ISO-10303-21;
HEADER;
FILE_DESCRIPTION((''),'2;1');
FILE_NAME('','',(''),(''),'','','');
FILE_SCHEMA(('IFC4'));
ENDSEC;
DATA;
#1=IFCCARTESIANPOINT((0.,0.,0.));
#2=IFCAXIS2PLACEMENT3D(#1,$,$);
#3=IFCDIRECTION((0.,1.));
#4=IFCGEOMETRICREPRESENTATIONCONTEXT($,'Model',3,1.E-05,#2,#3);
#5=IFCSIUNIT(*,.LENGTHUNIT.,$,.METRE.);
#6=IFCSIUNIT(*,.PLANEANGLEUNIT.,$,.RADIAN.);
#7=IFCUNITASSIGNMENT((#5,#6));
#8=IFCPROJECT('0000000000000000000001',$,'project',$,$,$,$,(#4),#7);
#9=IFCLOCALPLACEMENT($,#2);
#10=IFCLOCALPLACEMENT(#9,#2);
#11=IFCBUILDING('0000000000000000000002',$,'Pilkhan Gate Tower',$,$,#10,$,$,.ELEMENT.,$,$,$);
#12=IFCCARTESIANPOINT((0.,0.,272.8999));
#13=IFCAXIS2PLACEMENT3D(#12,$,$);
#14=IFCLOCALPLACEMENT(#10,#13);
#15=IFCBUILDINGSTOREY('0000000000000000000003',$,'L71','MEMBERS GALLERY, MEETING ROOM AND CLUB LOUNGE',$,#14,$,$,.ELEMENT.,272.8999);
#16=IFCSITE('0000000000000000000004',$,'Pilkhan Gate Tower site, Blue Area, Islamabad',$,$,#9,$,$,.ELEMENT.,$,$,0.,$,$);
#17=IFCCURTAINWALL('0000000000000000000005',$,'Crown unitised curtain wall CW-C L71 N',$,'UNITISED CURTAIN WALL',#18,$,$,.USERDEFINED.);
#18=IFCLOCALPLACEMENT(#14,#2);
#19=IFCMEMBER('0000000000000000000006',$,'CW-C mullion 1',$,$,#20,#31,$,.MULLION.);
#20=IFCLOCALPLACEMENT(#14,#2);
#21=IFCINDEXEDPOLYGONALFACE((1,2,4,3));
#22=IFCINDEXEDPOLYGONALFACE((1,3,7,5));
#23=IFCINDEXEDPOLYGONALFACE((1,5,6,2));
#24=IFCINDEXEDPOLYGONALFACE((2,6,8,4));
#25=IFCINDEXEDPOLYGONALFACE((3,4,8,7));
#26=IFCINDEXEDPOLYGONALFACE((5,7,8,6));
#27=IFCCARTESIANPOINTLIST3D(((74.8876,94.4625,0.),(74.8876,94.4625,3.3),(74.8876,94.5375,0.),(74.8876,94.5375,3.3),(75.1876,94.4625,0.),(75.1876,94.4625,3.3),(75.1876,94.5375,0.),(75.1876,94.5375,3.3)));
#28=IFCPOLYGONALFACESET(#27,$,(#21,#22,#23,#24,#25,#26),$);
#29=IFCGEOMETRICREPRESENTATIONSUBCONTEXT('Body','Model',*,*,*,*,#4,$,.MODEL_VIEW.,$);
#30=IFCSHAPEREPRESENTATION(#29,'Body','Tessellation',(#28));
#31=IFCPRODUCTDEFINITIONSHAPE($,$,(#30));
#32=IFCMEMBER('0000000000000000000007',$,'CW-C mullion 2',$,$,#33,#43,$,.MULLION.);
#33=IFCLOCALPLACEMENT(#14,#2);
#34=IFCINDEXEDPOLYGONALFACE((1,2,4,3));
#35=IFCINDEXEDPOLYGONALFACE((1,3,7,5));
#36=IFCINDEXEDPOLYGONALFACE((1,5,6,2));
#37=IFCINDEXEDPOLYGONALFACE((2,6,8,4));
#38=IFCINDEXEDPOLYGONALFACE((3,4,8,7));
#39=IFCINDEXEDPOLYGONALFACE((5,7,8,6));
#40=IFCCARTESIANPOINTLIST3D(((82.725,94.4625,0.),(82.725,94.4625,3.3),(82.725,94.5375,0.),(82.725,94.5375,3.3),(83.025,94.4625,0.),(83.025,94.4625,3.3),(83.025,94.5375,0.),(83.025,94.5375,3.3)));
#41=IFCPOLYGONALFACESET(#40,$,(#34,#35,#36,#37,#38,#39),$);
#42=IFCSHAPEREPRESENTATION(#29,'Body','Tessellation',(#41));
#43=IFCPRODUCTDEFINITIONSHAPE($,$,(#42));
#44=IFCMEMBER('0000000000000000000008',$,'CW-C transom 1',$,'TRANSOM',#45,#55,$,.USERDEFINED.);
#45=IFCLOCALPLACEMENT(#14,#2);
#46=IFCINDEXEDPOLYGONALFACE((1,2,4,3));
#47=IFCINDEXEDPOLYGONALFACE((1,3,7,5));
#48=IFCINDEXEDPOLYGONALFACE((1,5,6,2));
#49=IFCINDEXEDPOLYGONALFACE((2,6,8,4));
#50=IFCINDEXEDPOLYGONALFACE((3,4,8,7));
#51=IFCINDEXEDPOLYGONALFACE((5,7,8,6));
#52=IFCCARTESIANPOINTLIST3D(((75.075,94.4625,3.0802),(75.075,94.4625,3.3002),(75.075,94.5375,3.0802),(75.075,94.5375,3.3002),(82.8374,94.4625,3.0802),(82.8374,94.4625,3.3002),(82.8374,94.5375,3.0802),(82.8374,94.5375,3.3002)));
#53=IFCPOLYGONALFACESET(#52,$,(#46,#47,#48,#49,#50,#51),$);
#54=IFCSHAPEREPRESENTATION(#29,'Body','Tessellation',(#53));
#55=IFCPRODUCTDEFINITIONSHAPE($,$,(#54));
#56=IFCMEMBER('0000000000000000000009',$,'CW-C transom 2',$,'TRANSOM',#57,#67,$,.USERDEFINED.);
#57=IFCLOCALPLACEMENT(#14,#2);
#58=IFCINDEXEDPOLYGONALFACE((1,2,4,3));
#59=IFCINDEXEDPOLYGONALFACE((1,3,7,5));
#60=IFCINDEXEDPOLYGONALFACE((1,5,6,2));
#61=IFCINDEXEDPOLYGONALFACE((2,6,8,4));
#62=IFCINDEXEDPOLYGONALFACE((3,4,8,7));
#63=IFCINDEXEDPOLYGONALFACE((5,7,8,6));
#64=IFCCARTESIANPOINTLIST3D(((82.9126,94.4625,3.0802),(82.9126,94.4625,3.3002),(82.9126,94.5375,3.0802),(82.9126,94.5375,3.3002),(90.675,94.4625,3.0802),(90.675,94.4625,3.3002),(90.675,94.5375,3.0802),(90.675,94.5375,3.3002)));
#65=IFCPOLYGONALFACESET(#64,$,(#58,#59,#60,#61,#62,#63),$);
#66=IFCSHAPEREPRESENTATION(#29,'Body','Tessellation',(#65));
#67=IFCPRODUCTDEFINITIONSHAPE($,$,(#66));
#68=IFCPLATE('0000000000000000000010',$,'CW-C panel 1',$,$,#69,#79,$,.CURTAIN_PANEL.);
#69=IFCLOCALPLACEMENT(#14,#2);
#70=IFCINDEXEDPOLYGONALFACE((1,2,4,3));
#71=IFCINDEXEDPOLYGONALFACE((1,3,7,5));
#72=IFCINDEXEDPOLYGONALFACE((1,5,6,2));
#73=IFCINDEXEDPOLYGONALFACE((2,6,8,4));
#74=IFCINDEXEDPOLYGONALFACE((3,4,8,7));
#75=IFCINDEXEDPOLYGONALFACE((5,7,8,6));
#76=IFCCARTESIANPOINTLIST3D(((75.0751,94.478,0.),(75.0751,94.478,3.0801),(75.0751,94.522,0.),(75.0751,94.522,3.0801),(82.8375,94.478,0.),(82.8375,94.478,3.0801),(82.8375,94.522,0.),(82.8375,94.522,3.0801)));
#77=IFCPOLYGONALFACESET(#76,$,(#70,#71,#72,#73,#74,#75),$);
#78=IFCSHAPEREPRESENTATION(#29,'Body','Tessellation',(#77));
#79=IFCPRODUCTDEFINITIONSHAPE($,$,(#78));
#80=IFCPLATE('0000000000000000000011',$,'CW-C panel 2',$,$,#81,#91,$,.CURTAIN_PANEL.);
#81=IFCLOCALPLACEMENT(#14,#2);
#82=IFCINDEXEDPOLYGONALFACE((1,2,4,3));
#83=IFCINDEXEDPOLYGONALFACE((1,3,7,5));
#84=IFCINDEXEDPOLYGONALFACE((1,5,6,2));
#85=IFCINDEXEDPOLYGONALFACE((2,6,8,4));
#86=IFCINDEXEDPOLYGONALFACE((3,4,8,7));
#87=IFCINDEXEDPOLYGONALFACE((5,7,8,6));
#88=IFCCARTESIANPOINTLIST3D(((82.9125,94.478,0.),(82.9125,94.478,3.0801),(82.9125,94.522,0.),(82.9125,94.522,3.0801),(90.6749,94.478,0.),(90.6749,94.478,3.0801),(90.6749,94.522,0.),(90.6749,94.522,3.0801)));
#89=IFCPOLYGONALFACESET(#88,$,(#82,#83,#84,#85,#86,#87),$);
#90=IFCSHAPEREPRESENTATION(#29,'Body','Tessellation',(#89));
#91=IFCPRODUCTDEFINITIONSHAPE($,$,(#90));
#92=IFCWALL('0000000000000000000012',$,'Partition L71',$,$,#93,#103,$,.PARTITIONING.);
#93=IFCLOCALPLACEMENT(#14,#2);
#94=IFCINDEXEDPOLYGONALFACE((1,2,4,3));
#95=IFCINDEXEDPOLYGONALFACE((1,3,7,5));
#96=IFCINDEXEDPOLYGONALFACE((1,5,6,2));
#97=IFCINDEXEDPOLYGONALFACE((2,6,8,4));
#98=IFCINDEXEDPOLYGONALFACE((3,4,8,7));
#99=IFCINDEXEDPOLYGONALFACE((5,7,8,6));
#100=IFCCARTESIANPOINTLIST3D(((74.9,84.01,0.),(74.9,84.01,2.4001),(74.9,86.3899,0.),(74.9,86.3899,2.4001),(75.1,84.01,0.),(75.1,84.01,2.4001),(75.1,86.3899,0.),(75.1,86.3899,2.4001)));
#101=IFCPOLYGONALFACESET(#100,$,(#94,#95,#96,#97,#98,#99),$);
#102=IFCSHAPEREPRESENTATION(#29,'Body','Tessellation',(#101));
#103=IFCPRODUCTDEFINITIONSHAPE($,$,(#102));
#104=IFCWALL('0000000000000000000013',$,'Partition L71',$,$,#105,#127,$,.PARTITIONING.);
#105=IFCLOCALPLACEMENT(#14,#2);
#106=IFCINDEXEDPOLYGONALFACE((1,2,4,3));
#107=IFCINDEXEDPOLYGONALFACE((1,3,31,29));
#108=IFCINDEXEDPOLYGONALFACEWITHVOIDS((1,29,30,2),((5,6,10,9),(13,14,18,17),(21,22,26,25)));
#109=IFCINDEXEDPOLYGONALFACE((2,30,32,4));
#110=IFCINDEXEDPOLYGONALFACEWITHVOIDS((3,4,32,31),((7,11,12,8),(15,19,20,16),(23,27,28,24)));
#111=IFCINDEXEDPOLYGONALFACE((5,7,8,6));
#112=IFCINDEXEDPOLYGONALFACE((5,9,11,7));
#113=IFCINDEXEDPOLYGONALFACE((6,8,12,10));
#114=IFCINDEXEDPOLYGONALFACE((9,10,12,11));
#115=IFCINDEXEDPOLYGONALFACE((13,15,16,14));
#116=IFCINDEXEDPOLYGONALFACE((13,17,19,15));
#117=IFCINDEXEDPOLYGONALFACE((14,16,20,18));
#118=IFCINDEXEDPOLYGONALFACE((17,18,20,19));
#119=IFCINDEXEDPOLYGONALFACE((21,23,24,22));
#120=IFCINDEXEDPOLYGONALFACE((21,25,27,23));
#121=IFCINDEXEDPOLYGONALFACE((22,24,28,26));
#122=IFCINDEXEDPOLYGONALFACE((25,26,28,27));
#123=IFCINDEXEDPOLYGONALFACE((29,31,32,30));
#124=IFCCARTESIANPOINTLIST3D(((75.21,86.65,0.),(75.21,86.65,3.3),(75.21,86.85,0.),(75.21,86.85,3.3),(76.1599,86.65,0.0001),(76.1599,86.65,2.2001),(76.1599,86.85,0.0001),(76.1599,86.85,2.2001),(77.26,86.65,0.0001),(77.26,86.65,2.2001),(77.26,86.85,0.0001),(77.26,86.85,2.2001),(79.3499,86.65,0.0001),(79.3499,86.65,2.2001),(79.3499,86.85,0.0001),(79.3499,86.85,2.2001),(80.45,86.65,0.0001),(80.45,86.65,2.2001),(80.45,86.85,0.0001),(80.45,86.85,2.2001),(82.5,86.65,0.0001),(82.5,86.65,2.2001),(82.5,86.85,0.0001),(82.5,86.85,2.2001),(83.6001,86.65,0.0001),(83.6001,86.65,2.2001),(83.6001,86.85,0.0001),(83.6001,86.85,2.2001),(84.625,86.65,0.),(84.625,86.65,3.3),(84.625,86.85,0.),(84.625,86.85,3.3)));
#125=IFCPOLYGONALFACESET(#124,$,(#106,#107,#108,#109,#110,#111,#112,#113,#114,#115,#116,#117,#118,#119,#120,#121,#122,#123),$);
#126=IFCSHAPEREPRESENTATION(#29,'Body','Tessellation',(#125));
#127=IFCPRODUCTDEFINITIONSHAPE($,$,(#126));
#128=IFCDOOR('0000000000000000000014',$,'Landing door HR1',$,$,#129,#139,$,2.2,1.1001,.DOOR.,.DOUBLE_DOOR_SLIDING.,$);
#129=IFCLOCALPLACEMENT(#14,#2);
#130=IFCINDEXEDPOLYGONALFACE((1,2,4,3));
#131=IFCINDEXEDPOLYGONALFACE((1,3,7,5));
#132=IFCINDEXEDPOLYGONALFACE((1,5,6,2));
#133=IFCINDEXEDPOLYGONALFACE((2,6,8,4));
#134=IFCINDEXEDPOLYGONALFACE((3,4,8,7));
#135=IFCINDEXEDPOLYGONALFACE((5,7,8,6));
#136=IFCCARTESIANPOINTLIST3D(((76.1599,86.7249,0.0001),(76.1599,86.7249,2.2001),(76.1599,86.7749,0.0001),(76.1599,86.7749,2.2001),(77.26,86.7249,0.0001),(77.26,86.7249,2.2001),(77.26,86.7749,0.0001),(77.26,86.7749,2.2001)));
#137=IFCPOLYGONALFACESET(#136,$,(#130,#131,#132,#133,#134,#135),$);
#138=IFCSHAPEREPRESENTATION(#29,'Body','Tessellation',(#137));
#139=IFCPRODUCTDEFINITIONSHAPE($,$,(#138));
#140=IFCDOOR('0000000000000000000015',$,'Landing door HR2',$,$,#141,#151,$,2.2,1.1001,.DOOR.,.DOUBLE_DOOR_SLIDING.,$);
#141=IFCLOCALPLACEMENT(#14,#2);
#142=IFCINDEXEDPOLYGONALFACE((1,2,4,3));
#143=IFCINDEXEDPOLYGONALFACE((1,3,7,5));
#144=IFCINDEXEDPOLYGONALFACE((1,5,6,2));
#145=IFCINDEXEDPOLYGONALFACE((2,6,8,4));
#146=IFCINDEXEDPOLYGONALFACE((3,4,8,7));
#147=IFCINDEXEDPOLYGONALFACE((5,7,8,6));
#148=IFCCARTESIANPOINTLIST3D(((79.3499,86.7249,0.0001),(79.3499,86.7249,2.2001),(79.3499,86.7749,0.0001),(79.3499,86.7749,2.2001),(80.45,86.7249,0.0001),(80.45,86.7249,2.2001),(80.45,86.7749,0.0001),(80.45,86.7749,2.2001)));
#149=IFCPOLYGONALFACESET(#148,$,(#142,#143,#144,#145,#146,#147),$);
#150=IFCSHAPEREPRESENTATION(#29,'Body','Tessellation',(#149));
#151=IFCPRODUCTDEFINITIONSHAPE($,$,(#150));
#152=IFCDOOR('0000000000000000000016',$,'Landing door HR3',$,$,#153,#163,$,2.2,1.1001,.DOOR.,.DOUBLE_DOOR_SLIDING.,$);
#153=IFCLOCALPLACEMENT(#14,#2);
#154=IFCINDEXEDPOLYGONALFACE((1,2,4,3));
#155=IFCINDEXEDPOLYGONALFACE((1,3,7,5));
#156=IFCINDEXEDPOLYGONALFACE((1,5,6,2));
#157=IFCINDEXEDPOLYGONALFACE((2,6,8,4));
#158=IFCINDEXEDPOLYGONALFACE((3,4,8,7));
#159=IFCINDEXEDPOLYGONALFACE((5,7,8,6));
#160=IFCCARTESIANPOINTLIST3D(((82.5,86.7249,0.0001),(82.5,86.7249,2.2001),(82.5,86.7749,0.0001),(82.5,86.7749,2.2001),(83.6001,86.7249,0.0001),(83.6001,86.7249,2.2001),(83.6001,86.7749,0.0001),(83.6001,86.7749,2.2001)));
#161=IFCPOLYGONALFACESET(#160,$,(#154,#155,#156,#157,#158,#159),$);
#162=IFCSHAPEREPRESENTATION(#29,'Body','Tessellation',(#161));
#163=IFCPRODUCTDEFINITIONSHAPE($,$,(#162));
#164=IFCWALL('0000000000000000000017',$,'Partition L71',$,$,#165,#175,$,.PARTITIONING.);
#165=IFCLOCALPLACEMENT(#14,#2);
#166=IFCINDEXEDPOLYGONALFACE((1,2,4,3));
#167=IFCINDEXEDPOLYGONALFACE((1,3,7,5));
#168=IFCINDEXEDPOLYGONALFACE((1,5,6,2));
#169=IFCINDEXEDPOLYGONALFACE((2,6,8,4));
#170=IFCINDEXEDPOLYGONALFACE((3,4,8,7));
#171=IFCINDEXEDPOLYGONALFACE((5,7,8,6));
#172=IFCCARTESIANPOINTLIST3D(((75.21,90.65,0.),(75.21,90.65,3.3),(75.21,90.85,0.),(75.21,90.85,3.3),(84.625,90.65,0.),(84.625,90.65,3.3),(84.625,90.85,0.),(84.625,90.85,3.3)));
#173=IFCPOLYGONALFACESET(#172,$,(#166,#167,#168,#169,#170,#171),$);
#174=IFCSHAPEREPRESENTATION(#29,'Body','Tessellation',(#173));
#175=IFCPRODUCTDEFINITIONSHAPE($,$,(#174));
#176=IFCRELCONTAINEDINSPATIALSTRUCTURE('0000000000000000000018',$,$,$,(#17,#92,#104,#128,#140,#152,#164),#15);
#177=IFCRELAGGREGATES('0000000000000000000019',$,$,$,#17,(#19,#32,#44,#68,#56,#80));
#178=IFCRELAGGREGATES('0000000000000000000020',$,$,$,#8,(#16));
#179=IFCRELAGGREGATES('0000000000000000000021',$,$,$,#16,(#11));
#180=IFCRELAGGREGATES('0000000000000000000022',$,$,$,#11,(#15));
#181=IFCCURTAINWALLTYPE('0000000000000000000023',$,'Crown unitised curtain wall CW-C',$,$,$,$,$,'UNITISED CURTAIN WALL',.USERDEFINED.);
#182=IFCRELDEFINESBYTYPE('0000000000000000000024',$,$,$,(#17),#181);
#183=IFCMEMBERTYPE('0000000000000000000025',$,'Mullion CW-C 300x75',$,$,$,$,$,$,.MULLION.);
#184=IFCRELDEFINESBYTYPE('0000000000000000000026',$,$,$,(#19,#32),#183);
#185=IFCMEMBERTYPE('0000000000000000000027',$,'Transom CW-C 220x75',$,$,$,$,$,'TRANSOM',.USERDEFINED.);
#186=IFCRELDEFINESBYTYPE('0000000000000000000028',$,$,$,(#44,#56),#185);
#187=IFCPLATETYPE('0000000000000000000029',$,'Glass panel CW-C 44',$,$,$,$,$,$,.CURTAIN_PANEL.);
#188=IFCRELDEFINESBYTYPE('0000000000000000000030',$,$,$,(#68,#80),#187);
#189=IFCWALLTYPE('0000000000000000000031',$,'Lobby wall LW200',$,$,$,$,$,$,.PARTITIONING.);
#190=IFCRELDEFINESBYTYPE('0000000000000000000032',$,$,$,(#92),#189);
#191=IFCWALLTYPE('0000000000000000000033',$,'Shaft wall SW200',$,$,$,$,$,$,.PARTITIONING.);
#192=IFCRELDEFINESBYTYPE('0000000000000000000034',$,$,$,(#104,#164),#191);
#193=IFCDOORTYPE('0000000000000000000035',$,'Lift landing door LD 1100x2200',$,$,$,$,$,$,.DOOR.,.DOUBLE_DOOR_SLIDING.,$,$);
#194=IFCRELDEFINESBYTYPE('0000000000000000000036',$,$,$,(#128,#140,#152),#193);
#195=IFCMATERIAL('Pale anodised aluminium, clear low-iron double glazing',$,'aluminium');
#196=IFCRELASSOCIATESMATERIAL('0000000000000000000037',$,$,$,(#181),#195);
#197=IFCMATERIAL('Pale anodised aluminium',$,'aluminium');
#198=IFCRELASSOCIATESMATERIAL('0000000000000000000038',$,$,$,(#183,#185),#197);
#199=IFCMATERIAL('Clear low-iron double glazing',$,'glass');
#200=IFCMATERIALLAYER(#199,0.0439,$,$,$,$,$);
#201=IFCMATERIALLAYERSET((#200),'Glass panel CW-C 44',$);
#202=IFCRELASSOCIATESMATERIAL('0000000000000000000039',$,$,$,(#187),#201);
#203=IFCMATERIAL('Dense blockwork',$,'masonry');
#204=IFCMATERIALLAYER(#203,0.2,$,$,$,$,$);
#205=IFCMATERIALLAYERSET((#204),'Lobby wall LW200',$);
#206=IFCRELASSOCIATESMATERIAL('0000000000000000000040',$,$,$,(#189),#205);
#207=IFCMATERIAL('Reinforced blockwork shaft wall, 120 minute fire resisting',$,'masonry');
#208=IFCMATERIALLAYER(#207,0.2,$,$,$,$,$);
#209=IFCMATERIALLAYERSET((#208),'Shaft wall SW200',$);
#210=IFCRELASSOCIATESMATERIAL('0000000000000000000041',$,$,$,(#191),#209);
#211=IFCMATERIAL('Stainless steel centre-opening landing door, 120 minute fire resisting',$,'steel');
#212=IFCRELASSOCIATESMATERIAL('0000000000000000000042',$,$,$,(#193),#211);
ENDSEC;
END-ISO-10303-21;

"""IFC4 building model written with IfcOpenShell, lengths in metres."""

from ifc_helpers import new_model, si_unit, direction, frame, frame_2d, origin, origin_2d, place, context, subcontext, project, spatial, rectangle, extrude, material, layer, layer_set, material_profile, profile_set, type_object, element, fill, aggregate, save


model = new_model("IFC4")

# Units and contexts
model_context = context("Model", 3, precision=1e-05, world=origin(), true_north=direction((0.0, 1.0)))
body_context = subcontext(model_context, "Body", "Model", "MODEL_VIEW")
ifc_project = project(units=[si_unit("LENGTHUNIT", "METRE"), si_unit("PLANEANGLEUNIT", "RADIAN")], contexts=[model_context])

# Site, building, storey
site_placement = place(None, origin())
site = spatial("IfcSite", under=ifc_project, at=site_placement, Name="Pilkhan Gate Tower site, Blue Area, Islamabad", CompositionType="ELEMENT", RefElevation=0.0)
building_placement = place(site_placement, origin())
building = spatial("IfcBuilding", under=site, at=building_placement, Name="Pilkhan Gate Tower", CompositionType="ELEMENT")
storey_placement = place(building_placement, frame((0.0, 0.0, 272.8999)))
storey = spatial("IfcBuildingStorey", under=building, at=storey_placement, Name="L71", Description="MEMBERS GALLERY, MEETING ROOM AND CLUB LOUNGE", CompositionType="ELEMENT", Elevation=272.8999)

# Curtain wall, members, plates
ifc_material_1 = material(Name="Pale anodised aluminium, clear low-iron double glazing", Category="aluminium")
curtain_wall_type = type_object("IfcCurtainWallType", Name="Crown unitised curtain wall CW-C", ElementType="UNITISED CURTAIN WALL", PredefinedType="USERDEFINED", material=ifc_material_1)
curtain_wall_placement = place(storey_placement, origin())
curtain_wall = element("IfcCurtainWall", 1, at=curtain_wall_placement, inside=storey, type_object=curtain_wall_type, Name="Crown unitised curtain wall CW-C L71 N", ObjectType="UNITISED CURTAIN WALL", PredefinedType="USERDEFINED")
ifc_material_2 = material(Name="Pale anodised aluminium", Category="aluminium")
ifc_material_profile_1 = material_profile(ifc_material_2, rectangle(XDim=0.075, YDim=0.3, at=origin_2d()), Name="Mullion 300x75")
ifc_profile_set_1 = profile_set([ifc_material_profile_1], Name="Pale anodised aluminium")
member_type_1 = type_object("IfcMemberType", Name="Mullion CW-C 300x75", PredefinedType="MULLION", material=ifc_profile_set_1)
member_1_placement = place(storey_placement, frame((75.0376, 94.5, 0.0), z_axis=(0.0, 0.0, 1.0), x_axis=(0.0, 1.0, 0.0)))
member_1 = element("IfcMember", 2, at=member_1_placement, type_object=member_type_1, Name="CW-C mullion 1", PredefinedType="MULLION", context=body_context, shape_type="SweptSolid", body=[
    extrude(rectangle(XDim=0.075, YDim=0.3, at=origin_2d()), origin(), (0.0, 0.0, 1.0), 3.3),
])
member_2_placement = place(storey_placement, frame((82.875, 94.5, 0.0), z_axis=(0.0, 0.0, 1.0), x_axis=(0.0, 1.0, 0.0)))
member_2 = element("IfcMember", 3, at=member_2_placement, type_object=member_type_1, Name="CW-C mullion 2", PredefinedType="MULLION", context=body_context, shape_type="SweptSolid", body=[
    extrude(rectangle(XDim=0.075, YDim=0.3, at=origin_2d()), origin(), (0.0, 0.0, 1.0), 3.3),
])
ifc_material_profile_2 = material_profile(ifc_material_2, rectangle(XDim=0.075, YDim=0.22, at=origin_2d()), Name="Transom 220x75")
ifc_profile_set_2 = profile_set([ifc_material_profile_2], Name="Pale anodised aluminium")
member_type_2 = type_object("IfcMemberType", Name="Transom CW-C 220x75", ElementType="TRANSOM", PredefinedType="USERDEFINED", material=ifc_profile_set_2)
member_3_placement = place(storey_placement, frame((75.075, 94.5, 3.1902), z_axis=(1.0, 0.0, 0.0), x_axis=(0.0, 1.0, 0.0)))
member_3 = element("IfcMember", 4, at=member_3_placement, type_object=member_type_2, Name="CW-C transom 1", ObjectType="TRANSOM", PredefinedType="USERDEFINED", context=body_context, shape_type="SweptSolid", body=[
    extrude(rectangle(XDim=0.075, YDim=0.22, at=origin_2d()), origin(), (0.0, 0.0, 1.0), 7.7625),
])
member_4_placement = place(storey_placement, frame((82.9126, 94.5, 3.1902), z_axis=(1.0, 0.0, 0.0), x_axis=(0.0, 1.0, 0.0)))
member_4 = element("IfcMember", 5, at=member_4_placement, type_object=member_type_2, Name="CW-C transom 2", ObjectType="TRANSOM", PredefinedType="USERDEFINED", context=body_context, shape_type="SweptSolid", body=[
    extrude(rectangle(XDim=0.075, YDim=0.22, at=origin_2d()), origin(), (0.0, 0.0, 1.0), 7.7625),
])
ifc_material_3 = material(Name="Clear low-iron double glazing", Category="glass")
ifc_layer_1 = layer(ifc_material_3, 0.0439)
ifc_layer_set_1 = layer_set([ifc_layer_1], Name="Glass panel CW-C 44")
plate_type = type_object("IfcPlateType", Name="Glass panel CW-C 44", PredefinedType="CURTAIN_PANEL", material=ifc_layer_set_1)
plate_1_placement = place(storey_placement, frame((78.9563, 94.5, 0.0), z_axis=(0.0, 0.0, 1.0), x_axis=(1.0, 0.0, 0.0)))
plate_1 = element("IfcPlate", 6, at=plate_1_placement, type_object=plate_type, Name="CW-C panel 1", PredefinedType="CURTAIN_PANEL", context=body_context, shape_type="SweptSolid", body=[
    extrude(rectangle(XDim=7.7625, YDim=0.0439, at=origin_2d()), origin(), (0.0, 0.0, 1.0), 3.0801),
])
plate_2_placement = place(storey_placement, frame((86.7937, 94.5, 0.0), z_axis=(0.0, 0.0, 1.0), x_axis=(1.0, 0.0, 0.0)))
plate_2 = element("IfcPlate", 7, at=plate_2_placement, type_object=plate_type, Name="CW-C panel 2", PredefinedType="CURTAIN_PANEL", context=body_context, shape_type="SweptSolid", body=[
    extrude(rectangle(XDim=7.7625, YDim=0.0439, at=origin_2d()), origin(), (0.0, 0.0, 1.0), 3.0801),
])
aggregate(curtain_wall, [member_1, member_2, member_3, plate_1, member_4, plate_2])

# Wall
ifc_material_4 = material(Name="Dense blockwork", Category="masonry")
ifc_layer_2 = layer(ifc_material_4, 0.2)
ifc_layer_set_2 = layer_set([ifc_layer_2], Name="Lobby wall LW200")
wall_type_1 = type_object("IfcWallType", Name="Lobby wall LW200", PredefinedType="PARTITIONING", material=ifc_layer_set_2)
wall_1_placement = place(storey_placement, frame((75.0, 84.01, 0.0), z_axis=(0.0, 0.0, 1.0), x_axis=(0.0, 1.0, 0.0)))
element("IfcWall", 8, at=wall_1_placement, inside=storey, type_object=wall_type_1, Name="Partition L71", PredefinedType="PARTITIONING", context=body_context, shape_type="SweptSolid", body=[
    extrude(rectangle(XDim=2.3799, YDim=0.2, at=frame_2d((1.1899, 0.0))), origin(), (0.0, 0.0, 1.0), 2.4001),
])

# Wall, openings, doors
ifc_material_5 = material(Name="Reinforced blockwork shaft wall, 120 minute fire resisting", Category="masonry")
ifc_layer_3 = layer(ifc_material_5, 0.2)
ifc_layer_set_3 = layer_set([ifc_layer_3], Name="Shaft wall SW200")
wall_type_2 = type_object("IfcWallType", Name="Shaft wall SW200", PredefinedType="PARTITIONING", material=ifc_layer_set_3)
wall_2_placement = place(storey_placement, frame((75.21, 86.75, 0.0), z_axis=(0.0, 0.0, 1.0), x_axis=(1.0, 0.0, 0.0)))
wall_2 = element("IfcWall", 9, at=wall_2_placement, inside=storey, type_object=wall_type_2, Name="Partition L71", PredefinedType="PARTITIONING", context=body_context, shape_type="SweptSolid", body=[
    extrude(rectangle(XDim=9.415, YDim=0.2, at=frame_2d((4.7075, 0.0))), origin(), (0.0, 0.0, 1.0), 3.3),
])
opening_1_placement = place(wall_2_placement, frame((0.95, 0.0, 0.0)))
opening_1 = element("IfcOpeningElement", 10, at=opening_1_placement, cuts=wall_2, PredefinedType="OPENING", context=body_context, shape_type="SweptSolid", body=[
    extrude(rectangle(XDim=1.1001, YDim=2.2, at=frame_2d((0.55, 1.1001))), frame((0.0, 0.1099, 0.0), z_axis=(0.0, -1.0, 0.0), x_axis=(1.0, 0.0, 0.0)), (0.0, 0.0, 1.0), 0.22),
])
opening_2_placement = place(wall_2_placement, frame((4.1399, 0.0, 0.0)))
opening_2 = element("IfcOpeningElement", 11, at=opening_2_placement, cuts=wall_2, PredefinedType="OPENING", context=body_context, shape_type="SweptSolid", body=[
    extrude(rectangle(XDim=1.1001, YDim=2.2, at=frame_2d((0.55, 1.1001))), frame((0.0, 0.1099, 0.0), z_axis=(0.0, -1.0, 0.0), x_axis=(1.0, 0.0, 0.0)), (0.0, 0.0, 1.0), 0.22),
])
opening_3_placement = place(wall_2_placement, frame((7.29, 0.0, 0.0)))
opening_3 = element("IfcOpeningElement", 12, at=opening_3_placement, cuts=wall_2, PredefinedType="OPENING", context=body_context, shape_type="SweptSolid", body=[
    extrude(rectangle(XDim=1.1001, YDim=2.2, at=frame_2d((0.55, 1.1001))), frame((0.0, 0.1099, 0.0), z_axis=(0.0, -1.0, 0.0), x_axis=(1.0, 0.0, 0.0)), (0.0, 0.0, 1.0), 0.22),
])
ifc_material_6 = material(Name="Stainless steel centre-opening landing door, 120 minute fire resisting", Category="steel")
door_type_1 = type_object("IfcDoorType", Name="Lift landing door LD 1100x2200", OperationType="DOUBLE_DOOR_SLIDING", PredefinedType="DOOR", material=ifc_material_6)
door_1_placement = place(opening_1_placement, origin())
door_1 = element("IfcDoor", 13, at=door_1_placement, inside=storey, type_object=door_type_1, Name="Landing door HR1", OperationType="DOUBLE_DOOR_SLIDING", OverallHeight=2.2, OverallWidth=1.1001, PredefinedType="DOOR", context=body_context, shape_type="SweptSolid", body=[
    extrude(rectangle(XDim=1.1001, YDim=2.2, at=frame_2d((0.55, 1.1001))), frame((0.0, 0.0249, 0.0), z_axis=(0.0, -1.0, 0.0), x_axis=(1.0, 0.0, 0.0)), (0.0, 0.0, 1.0), 0.05),
])
fill(opening_1, door_1)
door_2_placement = place(opening_2_placement, origin())
door_2 = element("IfcDoor", 14, at=door_2_placement, inside=storey, type_object=door_type_1, Name="Landing door HR2", OperationType="DOUBLE_DOOR_SLIDING", OverallHeight=2.2, OverallWidth=1.1001, PredefinedType="DOOR", context=body_context, shape_type="SweptSolid", body=[
    extrude(rectangle(XDim=1.1001, YDim=2.2, at=frame_2d((0.55, 1.1001))), frame((0.0, 0.0249, 0.0), z_axis=(0.0, -1.0, 0.0), x_axis=(1.0, 0.0, 0.0)), (0.0, 0.0, 1.0), 0.05),
])
fill(opening_2, door_2)
door_3_placement = place(opening_3_placement, origin())
door_3 = element("IfcDoor", 15, at=door_3_placement, inside=storey, type_object=door_type_1, Name="Landing door HR3", OperationType="DOUBLE_DOOR_SLIDING", OverallHeight=2.2, OverallWidth=1.1001, PredefinedType="DOOR", context=body_context, shape_type="SweptSolid", body=[
    extrude(rectangle(XDim=1.1001, YDim=2.2, at=frame_2d((0.55, 1.1001))), frame((0.0, 0.0249, 0.0), z_axis=(0.0, -1.0, 0.0), x_axis=(1.0, 0.0, 0.0)), (0.0, 0.0, 1.0), 0.05),
])
fill(opening_3, door_3)

# Wall
wall_3_placement = place(storey_placement, frame((75.21, 90.75, 0.0), z_axis=(0.0, 0.0, 1.0), x_axis=(1.0, 0.0, 0.0)))
element("IfcWall", 16, at=wall_3_placement, inside=storey, type_object=wall_type_2, Name="Partition L71", PredefinedType="PARTITIONING", context=body_context, shape_type="SweptSolid", body=[
    extrude(rectangle(XDim=9.415, YDim=0.2, at=frame_2d((4.7075, 0.0))), origin(), (0.0, 0.0, 1.0), 3.3),
])

save(model, "model.ifc")
